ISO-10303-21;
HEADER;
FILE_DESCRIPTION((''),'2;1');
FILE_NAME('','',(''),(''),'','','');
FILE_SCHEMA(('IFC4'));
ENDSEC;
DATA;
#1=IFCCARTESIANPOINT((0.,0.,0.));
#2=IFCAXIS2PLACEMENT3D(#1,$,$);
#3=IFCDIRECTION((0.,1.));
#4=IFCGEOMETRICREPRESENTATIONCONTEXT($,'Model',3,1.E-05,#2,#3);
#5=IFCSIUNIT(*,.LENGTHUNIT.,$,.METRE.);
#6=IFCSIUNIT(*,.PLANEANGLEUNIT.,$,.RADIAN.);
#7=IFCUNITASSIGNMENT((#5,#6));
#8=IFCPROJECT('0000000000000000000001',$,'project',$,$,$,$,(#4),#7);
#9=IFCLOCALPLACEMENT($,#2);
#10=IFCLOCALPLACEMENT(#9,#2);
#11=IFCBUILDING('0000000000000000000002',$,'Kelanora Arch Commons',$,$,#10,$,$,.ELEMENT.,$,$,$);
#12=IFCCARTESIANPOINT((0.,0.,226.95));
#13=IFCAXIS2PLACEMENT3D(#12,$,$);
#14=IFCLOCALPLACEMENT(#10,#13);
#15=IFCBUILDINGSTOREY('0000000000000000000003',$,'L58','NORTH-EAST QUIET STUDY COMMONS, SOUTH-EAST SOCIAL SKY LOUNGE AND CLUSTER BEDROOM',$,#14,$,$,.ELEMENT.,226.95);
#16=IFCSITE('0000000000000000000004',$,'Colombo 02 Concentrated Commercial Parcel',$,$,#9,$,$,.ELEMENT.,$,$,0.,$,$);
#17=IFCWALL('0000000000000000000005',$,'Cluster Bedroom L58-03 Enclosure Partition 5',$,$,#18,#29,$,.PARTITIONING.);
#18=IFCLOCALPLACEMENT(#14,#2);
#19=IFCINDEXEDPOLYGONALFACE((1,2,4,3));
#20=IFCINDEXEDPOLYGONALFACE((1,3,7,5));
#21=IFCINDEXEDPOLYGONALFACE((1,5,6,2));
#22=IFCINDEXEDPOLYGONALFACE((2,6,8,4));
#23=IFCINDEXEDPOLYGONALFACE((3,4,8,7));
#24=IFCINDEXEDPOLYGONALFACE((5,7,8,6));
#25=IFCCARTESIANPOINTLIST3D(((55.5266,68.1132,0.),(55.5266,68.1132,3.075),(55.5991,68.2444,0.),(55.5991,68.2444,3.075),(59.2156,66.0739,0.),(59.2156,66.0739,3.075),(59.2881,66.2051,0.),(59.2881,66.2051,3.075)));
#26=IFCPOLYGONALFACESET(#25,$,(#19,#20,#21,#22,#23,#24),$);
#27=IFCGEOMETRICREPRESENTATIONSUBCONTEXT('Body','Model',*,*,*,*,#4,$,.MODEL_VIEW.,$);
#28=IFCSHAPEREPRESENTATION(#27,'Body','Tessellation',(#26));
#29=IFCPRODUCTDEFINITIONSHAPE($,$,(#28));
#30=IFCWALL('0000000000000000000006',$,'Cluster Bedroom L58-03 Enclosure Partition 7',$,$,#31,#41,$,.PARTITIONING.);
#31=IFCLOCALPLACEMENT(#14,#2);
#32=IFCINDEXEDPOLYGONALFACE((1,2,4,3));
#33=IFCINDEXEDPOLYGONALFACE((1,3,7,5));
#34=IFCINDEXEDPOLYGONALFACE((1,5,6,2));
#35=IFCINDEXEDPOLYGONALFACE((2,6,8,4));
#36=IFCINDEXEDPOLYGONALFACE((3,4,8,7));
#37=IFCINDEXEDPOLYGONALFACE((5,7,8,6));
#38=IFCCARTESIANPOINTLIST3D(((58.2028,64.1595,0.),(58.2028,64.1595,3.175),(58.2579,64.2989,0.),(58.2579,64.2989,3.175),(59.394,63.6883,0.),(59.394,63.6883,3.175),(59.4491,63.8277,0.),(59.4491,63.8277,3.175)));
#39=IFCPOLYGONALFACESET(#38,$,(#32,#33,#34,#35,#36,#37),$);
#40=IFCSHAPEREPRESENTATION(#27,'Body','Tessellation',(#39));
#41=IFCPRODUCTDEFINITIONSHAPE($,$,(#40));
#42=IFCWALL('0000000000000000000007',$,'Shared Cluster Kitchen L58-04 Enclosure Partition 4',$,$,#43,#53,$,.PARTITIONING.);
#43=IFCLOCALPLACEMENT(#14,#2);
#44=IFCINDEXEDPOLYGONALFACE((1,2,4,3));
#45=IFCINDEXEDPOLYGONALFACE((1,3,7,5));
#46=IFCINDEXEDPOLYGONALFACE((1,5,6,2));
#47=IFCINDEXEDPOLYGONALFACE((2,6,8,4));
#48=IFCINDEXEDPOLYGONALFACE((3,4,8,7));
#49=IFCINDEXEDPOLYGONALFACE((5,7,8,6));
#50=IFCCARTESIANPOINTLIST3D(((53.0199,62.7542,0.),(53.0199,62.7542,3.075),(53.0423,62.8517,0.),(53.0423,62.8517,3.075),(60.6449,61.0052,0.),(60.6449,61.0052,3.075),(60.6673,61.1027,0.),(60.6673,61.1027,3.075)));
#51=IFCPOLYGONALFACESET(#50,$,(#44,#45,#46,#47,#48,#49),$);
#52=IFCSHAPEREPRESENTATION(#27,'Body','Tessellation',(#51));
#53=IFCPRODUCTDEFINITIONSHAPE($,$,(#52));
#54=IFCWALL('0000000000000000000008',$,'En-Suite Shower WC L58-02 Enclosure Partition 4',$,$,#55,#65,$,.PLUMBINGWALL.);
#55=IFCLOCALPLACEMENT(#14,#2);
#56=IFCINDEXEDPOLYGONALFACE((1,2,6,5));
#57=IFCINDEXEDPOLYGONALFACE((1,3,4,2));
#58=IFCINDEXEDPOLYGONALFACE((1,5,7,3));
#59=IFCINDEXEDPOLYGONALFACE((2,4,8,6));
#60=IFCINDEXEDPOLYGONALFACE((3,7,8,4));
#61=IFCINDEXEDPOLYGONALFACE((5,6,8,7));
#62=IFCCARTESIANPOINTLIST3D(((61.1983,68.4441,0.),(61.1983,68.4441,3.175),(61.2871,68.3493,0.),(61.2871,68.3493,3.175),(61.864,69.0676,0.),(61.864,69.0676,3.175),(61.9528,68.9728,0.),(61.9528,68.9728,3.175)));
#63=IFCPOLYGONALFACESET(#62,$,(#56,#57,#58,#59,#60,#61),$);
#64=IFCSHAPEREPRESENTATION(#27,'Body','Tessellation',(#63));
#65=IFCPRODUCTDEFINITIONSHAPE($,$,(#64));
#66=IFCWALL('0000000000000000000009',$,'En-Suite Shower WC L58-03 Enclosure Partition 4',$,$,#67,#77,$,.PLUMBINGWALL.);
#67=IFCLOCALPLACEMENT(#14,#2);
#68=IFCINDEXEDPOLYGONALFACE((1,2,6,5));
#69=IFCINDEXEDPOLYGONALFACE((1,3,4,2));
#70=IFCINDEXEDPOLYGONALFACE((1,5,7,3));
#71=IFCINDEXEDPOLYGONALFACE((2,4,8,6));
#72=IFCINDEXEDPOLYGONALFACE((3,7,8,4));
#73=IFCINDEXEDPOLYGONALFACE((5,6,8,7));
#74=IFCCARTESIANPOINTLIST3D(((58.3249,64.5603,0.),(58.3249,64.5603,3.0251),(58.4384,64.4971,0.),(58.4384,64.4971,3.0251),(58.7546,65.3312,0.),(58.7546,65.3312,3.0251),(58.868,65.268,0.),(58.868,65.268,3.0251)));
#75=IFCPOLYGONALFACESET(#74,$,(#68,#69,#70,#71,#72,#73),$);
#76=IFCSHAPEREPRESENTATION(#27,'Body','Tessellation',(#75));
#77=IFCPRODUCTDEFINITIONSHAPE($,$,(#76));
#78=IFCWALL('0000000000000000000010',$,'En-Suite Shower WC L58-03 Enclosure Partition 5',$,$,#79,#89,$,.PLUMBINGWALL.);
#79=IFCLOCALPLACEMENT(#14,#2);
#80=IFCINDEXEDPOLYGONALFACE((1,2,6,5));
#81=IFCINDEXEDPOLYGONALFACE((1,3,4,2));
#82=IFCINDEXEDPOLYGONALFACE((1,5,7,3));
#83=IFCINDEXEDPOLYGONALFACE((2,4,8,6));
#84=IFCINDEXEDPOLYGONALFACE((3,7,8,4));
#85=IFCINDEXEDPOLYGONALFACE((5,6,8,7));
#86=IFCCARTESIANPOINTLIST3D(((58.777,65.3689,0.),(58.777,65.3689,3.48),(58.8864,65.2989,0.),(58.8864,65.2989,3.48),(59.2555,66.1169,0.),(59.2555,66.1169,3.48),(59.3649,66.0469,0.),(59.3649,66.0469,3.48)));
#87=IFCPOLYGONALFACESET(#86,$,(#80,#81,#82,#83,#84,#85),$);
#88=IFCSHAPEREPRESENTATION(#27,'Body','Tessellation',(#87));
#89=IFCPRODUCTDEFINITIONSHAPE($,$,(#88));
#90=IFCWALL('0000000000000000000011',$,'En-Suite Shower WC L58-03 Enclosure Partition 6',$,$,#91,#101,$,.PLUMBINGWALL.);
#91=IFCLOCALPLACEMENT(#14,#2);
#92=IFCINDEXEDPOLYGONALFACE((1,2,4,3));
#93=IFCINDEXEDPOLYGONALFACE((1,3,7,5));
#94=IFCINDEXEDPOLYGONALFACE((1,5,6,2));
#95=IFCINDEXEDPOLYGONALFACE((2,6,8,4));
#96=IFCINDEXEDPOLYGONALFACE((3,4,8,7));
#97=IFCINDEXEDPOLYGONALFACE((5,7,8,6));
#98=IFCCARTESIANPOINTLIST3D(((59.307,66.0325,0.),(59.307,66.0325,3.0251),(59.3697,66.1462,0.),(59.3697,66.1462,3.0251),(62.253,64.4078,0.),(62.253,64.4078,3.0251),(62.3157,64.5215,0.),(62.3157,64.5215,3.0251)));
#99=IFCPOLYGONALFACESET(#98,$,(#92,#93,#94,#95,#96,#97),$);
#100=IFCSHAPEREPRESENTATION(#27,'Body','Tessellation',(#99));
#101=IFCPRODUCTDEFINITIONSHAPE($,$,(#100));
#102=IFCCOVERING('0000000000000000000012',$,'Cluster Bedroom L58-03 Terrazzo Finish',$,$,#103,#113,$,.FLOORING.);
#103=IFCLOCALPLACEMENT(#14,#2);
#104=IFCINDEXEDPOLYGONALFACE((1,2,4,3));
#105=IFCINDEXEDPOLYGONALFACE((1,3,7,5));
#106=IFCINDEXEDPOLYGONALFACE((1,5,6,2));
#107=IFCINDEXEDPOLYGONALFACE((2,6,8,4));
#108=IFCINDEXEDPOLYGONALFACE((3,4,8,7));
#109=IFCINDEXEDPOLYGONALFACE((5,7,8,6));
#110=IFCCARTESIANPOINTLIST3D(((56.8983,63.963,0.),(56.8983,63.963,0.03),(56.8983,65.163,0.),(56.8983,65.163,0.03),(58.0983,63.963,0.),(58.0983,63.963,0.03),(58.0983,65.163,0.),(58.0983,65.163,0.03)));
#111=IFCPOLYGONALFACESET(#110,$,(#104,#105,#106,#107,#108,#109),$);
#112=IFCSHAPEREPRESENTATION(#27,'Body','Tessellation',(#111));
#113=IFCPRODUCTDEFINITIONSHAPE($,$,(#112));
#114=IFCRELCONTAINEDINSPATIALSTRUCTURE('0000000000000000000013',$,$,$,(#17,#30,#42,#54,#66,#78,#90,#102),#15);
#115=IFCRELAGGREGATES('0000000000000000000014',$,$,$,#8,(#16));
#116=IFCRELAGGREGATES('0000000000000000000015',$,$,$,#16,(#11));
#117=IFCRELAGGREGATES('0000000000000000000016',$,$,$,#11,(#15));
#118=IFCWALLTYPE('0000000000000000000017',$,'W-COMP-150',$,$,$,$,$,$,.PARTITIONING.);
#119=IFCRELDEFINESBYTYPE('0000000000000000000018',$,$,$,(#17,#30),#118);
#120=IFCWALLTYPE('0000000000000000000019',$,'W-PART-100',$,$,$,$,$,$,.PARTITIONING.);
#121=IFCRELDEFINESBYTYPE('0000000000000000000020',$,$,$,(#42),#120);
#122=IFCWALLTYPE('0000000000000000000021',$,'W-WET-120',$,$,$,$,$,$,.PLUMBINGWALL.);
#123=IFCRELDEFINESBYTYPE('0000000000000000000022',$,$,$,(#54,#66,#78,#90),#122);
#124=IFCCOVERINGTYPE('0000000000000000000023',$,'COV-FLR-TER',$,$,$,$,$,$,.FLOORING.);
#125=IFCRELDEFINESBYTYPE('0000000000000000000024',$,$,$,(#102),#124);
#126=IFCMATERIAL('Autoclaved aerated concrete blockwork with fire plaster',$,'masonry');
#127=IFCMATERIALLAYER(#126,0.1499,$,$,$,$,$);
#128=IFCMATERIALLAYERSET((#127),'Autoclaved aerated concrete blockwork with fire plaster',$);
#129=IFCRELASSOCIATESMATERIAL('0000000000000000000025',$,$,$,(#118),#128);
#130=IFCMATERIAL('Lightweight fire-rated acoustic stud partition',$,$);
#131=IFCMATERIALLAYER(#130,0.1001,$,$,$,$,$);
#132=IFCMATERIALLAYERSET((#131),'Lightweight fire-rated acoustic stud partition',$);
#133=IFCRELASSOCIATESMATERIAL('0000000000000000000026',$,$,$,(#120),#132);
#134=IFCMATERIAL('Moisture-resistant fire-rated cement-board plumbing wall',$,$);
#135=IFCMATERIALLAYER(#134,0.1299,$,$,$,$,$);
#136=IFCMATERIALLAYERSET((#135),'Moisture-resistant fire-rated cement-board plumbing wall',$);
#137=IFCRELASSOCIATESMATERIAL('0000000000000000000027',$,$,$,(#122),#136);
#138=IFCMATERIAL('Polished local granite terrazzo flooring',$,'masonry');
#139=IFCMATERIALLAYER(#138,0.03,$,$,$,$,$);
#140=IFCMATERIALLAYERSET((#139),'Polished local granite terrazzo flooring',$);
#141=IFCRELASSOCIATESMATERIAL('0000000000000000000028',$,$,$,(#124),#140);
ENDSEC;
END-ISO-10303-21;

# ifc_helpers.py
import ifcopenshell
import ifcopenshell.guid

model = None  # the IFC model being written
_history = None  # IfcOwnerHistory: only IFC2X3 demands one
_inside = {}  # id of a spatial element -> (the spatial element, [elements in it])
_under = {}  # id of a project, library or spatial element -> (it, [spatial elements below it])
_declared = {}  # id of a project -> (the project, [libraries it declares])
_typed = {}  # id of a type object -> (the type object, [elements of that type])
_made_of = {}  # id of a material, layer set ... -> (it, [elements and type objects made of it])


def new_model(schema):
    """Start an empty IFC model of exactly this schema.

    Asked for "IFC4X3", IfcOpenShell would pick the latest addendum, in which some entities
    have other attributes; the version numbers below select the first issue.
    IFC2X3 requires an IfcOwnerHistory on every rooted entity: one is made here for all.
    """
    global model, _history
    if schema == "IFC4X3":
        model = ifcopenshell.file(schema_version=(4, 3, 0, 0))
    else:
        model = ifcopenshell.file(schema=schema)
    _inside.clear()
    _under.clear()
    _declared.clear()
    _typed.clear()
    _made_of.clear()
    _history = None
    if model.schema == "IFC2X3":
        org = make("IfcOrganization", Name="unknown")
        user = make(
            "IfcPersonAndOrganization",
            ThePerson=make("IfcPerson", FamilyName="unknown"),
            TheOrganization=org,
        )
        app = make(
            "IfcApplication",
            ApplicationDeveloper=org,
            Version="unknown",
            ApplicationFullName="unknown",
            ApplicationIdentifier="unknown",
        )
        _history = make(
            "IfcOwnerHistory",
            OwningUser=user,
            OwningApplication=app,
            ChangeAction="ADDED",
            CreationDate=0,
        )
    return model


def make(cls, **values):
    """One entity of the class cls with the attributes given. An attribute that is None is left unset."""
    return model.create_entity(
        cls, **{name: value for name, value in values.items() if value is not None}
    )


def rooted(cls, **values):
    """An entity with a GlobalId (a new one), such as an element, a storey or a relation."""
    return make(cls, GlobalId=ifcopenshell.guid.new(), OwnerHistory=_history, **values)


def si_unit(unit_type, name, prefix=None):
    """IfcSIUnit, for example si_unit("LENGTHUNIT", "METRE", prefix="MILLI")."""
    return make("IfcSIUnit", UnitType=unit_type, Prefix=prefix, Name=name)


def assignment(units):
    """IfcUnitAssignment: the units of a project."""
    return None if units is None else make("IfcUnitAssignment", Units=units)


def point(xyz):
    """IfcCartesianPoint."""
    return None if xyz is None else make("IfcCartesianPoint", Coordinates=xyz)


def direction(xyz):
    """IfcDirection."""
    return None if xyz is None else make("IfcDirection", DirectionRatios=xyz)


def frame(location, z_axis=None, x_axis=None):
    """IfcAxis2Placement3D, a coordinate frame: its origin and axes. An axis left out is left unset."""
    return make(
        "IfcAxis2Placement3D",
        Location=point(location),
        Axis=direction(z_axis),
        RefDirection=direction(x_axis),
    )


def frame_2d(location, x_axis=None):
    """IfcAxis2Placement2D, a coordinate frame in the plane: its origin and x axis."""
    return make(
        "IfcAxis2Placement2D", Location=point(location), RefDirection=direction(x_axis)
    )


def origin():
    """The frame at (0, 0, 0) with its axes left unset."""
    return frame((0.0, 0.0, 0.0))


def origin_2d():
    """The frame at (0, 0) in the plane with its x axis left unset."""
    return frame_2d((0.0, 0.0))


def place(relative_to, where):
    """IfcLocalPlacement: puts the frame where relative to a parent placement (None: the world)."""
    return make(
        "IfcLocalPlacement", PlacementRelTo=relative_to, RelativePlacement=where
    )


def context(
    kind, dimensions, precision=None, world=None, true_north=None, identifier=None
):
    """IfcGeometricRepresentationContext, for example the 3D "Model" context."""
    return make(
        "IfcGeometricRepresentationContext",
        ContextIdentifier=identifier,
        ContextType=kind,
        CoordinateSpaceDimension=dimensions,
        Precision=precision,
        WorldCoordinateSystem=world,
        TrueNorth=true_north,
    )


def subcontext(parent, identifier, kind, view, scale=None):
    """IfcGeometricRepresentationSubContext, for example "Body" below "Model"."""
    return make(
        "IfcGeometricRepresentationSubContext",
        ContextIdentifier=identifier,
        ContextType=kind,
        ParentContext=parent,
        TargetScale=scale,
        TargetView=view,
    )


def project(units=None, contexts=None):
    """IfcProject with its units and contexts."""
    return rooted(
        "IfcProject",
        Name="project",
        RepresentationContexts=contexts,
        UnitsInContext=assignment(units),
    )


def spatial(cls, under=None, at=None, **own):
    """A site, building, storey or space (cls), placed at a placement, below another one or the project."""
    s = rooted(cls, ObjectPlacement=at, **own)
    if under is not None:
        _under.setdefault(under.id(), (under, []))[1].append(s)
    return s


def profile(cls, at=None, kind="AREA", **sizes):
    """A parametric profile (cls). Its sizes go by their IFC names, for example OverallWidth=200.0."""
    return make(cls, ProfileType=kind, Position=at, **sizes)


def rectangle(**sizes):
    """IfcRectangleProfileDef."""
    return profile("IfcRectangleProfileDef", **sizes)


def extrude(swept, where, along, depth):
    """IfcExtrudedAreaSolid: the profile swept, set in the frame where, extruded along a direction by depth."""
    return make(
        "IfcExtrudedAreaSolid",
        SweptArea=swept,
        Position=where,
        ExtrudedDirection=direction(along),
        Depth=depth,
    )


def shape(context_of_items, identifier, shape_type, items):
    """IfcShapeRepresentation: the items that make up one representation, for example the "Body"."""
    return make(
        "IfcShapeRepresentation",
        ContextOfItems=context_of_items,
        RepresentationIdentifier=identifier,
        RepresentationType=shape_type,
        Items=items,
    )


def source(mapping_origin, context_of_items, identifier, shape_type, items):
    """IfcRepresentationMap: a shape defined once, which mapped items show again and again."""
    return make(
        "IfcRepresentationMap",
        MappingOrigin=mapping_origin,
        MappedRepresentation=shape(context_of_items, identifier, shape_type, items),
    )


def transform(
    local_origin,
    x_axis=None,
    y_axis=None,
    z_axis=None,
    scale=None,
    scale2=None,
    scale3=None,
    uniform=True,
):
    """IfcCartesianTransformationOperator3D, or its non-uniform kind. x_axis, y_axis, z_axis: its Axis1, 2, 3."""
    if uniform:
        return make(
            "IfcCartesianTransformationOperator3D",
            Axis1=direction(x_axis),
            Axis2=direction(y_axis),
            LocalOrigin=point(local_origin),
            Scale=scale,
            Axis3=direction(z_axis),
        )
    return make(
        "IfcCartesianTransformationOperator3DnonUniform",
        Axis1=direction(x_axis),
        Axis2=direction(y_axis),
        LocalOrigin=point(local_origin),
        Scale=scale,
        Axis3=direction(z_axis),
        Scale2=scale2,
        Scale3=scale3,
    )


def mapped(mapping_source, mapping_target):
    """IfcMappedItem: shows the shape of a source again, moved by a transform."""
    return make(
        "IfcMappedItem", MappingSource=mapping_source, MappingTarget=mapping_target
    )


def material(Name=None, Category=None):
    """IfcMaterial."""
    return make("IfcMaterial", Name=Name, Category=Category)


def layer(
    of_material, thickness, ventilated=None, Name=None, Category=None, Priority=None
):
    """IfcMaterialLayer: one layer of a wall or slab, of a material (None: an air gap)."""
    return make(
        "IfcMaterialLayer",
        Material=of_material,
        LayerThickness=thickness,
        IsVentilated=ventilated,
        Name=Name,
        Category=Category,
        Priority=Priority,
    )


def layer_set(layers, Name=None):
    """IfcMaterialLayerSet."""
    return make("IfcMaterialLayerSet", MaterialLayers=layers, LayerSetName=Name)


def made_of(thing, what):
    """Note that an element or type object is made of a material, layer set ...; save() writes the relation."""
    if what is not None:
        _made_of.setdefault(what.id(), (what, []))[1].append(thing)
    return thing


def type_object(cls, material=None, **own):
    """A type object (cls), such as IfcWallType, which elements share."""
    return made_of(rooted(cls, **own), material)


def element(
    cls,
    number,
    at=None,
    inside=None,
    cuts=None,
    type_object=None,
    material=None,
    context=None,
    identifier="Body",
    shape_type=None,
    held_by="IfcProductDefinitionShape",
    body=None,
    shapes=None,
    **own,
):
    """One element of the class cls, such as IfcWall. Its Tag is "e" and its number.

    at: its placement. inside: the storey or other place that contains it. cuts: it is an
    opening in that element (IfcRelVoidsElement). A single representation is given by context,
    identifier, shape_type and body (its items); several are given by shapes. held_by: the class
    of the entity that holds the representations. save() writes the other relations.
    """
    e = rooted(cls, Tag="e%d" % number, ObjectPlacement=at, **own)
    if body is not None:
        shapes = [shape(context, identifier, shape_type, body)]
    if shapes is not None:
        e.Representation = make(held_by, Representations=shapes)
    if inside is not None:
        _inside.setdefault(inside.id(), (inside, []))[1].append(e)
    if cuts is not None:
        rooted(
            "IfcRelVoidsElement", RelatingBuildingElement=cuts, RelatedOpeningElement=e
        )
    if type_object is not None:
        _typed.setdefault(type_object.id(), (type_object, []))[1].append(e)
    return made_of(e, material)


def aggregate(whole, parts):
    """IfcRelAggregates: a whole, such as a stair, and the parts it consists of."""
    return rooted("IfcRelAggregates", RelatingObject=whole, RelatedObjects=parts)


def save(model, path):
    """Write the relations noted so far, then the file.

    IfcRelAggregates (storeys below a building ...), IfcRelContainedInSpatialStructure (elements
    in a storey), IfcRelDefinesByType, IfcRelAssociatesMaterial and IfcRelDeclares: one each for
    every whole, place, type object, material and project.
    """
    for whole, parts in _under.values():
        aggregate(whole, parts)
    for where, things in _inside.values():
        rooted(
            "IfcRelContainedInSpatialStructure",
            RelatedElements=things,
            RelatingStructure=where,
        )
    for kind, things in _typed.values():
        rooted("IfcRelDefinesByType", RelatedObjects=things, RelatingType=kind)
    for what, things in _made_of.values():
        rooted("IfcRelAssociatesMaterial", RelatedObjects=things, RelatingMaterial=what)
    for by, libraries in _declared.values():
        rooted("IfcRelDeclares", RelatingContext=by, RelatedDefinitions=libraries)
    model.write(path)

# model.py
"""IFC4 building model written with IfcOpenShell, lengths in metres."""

from ifc_helpers import new_model, si_unit, direction, frame, frame_2d, origin, origin_2d, place, context, subcontext, project, spatial, rectangle, extrude, source, transform, mapped, material, layer, layer_set, type_object, element, save


model = new_model("IFC4")

# Units and contexts
model_context = context("Model", 3, precision=1e-05, world=origin(), true_north=direction((0.0, 1.0)))
body_context = subcontext(model_context, "Body", "Model", "MODEL_VIEW")
ifc_project = project(units=[si_unit("LENGTHUNIT", "METRE"), si_unit("PLANEANGLEUNIT", "RADIAN")], contexts=[model_context])

# Site, building, storey
site_placement = place(None, origin())
site = spatial("IfcSite", under=ifc_project, at=site_placement, Name="Colombo 02 Concentrated Commercial Parcel", CompositionType="ELEMENT", RefElevation=0.0)
building_placement = place(site_placement, origin())
building = spatial("IfcBuilding", under=site, at=building_placement, Name="Kelanora Arch Commons", CompositionType="ELEMENT")
storey_placement = place(building_placement, frame((0.0, 0.0, 226.95)))
storey = spatial("IfcBuildingStorey", under=building, at=storey_placement, Name="L58", Description="NORTH-EAST QUIET STUDY COMMONS, SOUTH-EAST SOCIAL SKY LOUNGE AND CLUSTER BEDROOM", CompositionType="ELEMENT", Elevation=226.95)

# Walls
ifc_material_1 = material(Name="Autoclaved aerated concrete blockwork with fire plaster", Category="masonry")
ifc_layer_1 = layer(ifc_material_1, 0.1499)
ifc_layer_set_1 = layer_set([ifc_layer_1], Name="Autoclaved aerated concrete blockwork with fire plaster")
wall_type_1 = type_object("IfcWallType", Name="W-COMP-150", PredefinedType="PARTITIONING", material=ifc_layer_set_1)
wall_1_placement = place(storey_placement, frame((55.563, 68.1787, 0.0), z_axis=(0.0, 0.0, 1.0), x_axis=(0.875174, -0.483808, 0.0)))
element("IfcWall", 1, at=wall_1_placement, inside=storey, type_object=wall_type_1, Name="Cluster Bedroom L58-03 Enclosure Partition 5", PredefinedType="PARTITIONING", context=body_context, shape_type="SweptSolid", body=[
    extrude(rectangle(XDim=4.2151, YDim=0.1499, at=frame_2d((2.1074, 0.0))), origin(), (0.0, 0.0, 1.0), 3.075),
])
wall_2_placement = place(storey_placement, frame((58.2302, 64.2292, 0.0), z_axis=(0.0, 0.0, 1.0), x_axis=(0.929889, -0.367839, 0.0)))
element("IfcWall", 2, at=wall_2_placement, inside=storey, type_object=wall_type_1, Name="Cluster Bedroom L58-03 Enclosure Partition 7", PredefinedType="PARTITIONING", context=body_context, shape_type="SweptSolid", body=[
    extrude(rectangle(XDim=1.281, YDim=0.1499, at=frame_2d((0.6406, 0.0))), origin(), (0.0, 0.0, 1.0), 3.175),
])
ifc_material_2 = material(Name="Lightweight fire-rated acoustic stud partition")
ifc_layer_2 = layer(ifc_material_2, 0.1001)
ifc_layer_set_2 = layer_set([ifc_layer_2], Name="Lightweight fire-rated acoustic stud partition")
wall_type_2 = type_object("IfcWallType", Name="W-PART-100", PredefinedType="PARTITIONING", material=ifc_layer_set_2)
wall_3_placement = place(storey_placement, frame((53.031, 62.803, 0.0), z_axis=(0.0, 0.0, 1.0), x_axis=(0.974687, -0.223574, 0.0)))
element("IfcWall", 3, at=wall_3_placement, inside=storey, type_object=wall_type_2, Name="Shared Cluster Kitchen L58-04 Enclosure Partition 4", PredefinedType="PARTITIONING", context=body_context, shape_type="SweptSolid", body=[
    extrude(rectangle(XDim=7.823, YDim=0.1001, at=frame_2d((3.9116, 0.0))), origin(), (0.0, 0.0, 1.0), 3.075),
])
ifc_material_3 = material(Name="Moisture-resistant fire-rated cement-board plumbing wall")
ifc_layer_3 = layer(ifc_material_3, 0.1299)
ifc_layer_set_3 = layer_set([ifc_layer_3], Name="Moisture-resistant fire-rated cement-board plumbing wall")
wall_type_3 = type_object("IfcWallType", Name="W-WET-120", PredefinedType="PLUMBINGWALL", material=ifc_layer_set_3)
wall_4_placement = place(storey_placement, frame((61.2427, 68.3967, 0.0), z_axis=(0.0, 0.0, 1.0), x_axis=(0.729879, 0.683576, 0.0)))
element("IfcWall", 4, at=wall_4_placement, inside=storey, type_object=wall_type_3, Name="En-Suite Shower WC L58-02 Enclosure Partition 4", PredefinedType="PLUMBINGWALL", context=body_context, shape_type="SweptSolid", body=[
    extrude(rectangle(XDim=0.9121, YDim=0.1299, at=frame_2d((0.4561, 0.0))), origin(), (0.0, 0.0, 1.0), 3.175),
])
wall_5_placement = place(storey_placement, frame((58.3816, 64.5286, 0.0), z_axis=(0.0, 0.0, 1.0), x_axis=(0.486817, 0.873504, 0.0)))
element("IfcWall", 5, at=wall_5_placement, inside=storey, type_object=wall_type_3, Name="En-Suite Shower WC L58-03 Enclosure Partition 4", PredefinedType="PLUMBINGWALL", context=body_context, shape_type="SweptSolid", body=[
    extrude(rectangle(XDim=0.8826, YDim=0.1299, at=frame_2d((0.4414, 0.0))), origin(), (0.0, 0.0, 1.0), 3.0251),
])
wall_6_placement = place(storey_placement, frame((58.8318, 65.334, 0.0), z_axis=(0.0, 0.0, 1.0), x_axis=(0.538866, 0.842391, 0.0)))
element("IfcWall", 6, at=wall_6_placement, inside=storey, type_object=wall_type_3, Name="En-Suite Shower WC L58-03 Enclosure Partition 5", PredefinedType="PLUMBINGWALL", context=body_context, shape_type="SweptSolid", body=[
    extrude(rectangle(XDim=0.8879, YDim=0.1299, at=frame_2d((0.4438, 0.0))), origin(), (0.0, 0.0, 1.0), 3.48),
])
wall_7_placement = place(storey_placement, frame((59.3384, 66.0894, 0.0), z_axis=(0.0, 0.0, 1.0), x_axis=(0.875659, -0.48293, 0.0)))
element("IfcWall", 7, at=wall_7_placement, inside=storey, type_object=wall_type_3, Name="En-Suite Shower WC L58-03 Enclosure Partition 6", PredefinedType="PLUMBINGWALL", context=body_context, shape_type="SweptSolid", body=[
    extrude(rectangle(XDim=3.3643, YDim=0.1299, at=frame_2d((1.6821, 0.0))), origin(), (0.0, 0.0, 1.0), 3.0251),
])

# Covering
ifc_material_4 = material(Name="Polished local granite terrazzo flooring", Category="masonry")
ifc_layer_4 = layer(ifc_material_4, 0.03)
ifc_layer_set_4 = layer_set([ifc_layer_4], Name="Polished local granite terrazzo flooring")
covering_type = type_object("IfcCoveringType", Name="COV-FLR-TER", PredefinedType="FLOORING", material=ifc_layer_set_4)
shared_shape_1 = source(origin(), body_context, "Body", "SweptSolid", [
    extrude(rectangle(XDim=1.2, YDim=1.2, at=origin_2d()), origin(), (0.0, 0.0, 1.0), 0.03),
])
covering_placement = place(storey_placement, frame((57.4983, 64.563, 0.0), z_axis=(0.0, 0.0, 1.0), x_axis=(1.0, 0.0, 0.0)))
element("IfcCovering", 8, at=covering_placement, inside=storey, type_object=covering_type, Name="Cluster Bedroom L58-03 Terrazzo Finish", PredefinedType="FLOORING", context=body_context, shape_type="MappedRepresentation", body=[
    mapped(shared_shape_1, transform((0.0, 0.0, 0.0), scale=1.0)),
])

save(model, "model.ifc")
